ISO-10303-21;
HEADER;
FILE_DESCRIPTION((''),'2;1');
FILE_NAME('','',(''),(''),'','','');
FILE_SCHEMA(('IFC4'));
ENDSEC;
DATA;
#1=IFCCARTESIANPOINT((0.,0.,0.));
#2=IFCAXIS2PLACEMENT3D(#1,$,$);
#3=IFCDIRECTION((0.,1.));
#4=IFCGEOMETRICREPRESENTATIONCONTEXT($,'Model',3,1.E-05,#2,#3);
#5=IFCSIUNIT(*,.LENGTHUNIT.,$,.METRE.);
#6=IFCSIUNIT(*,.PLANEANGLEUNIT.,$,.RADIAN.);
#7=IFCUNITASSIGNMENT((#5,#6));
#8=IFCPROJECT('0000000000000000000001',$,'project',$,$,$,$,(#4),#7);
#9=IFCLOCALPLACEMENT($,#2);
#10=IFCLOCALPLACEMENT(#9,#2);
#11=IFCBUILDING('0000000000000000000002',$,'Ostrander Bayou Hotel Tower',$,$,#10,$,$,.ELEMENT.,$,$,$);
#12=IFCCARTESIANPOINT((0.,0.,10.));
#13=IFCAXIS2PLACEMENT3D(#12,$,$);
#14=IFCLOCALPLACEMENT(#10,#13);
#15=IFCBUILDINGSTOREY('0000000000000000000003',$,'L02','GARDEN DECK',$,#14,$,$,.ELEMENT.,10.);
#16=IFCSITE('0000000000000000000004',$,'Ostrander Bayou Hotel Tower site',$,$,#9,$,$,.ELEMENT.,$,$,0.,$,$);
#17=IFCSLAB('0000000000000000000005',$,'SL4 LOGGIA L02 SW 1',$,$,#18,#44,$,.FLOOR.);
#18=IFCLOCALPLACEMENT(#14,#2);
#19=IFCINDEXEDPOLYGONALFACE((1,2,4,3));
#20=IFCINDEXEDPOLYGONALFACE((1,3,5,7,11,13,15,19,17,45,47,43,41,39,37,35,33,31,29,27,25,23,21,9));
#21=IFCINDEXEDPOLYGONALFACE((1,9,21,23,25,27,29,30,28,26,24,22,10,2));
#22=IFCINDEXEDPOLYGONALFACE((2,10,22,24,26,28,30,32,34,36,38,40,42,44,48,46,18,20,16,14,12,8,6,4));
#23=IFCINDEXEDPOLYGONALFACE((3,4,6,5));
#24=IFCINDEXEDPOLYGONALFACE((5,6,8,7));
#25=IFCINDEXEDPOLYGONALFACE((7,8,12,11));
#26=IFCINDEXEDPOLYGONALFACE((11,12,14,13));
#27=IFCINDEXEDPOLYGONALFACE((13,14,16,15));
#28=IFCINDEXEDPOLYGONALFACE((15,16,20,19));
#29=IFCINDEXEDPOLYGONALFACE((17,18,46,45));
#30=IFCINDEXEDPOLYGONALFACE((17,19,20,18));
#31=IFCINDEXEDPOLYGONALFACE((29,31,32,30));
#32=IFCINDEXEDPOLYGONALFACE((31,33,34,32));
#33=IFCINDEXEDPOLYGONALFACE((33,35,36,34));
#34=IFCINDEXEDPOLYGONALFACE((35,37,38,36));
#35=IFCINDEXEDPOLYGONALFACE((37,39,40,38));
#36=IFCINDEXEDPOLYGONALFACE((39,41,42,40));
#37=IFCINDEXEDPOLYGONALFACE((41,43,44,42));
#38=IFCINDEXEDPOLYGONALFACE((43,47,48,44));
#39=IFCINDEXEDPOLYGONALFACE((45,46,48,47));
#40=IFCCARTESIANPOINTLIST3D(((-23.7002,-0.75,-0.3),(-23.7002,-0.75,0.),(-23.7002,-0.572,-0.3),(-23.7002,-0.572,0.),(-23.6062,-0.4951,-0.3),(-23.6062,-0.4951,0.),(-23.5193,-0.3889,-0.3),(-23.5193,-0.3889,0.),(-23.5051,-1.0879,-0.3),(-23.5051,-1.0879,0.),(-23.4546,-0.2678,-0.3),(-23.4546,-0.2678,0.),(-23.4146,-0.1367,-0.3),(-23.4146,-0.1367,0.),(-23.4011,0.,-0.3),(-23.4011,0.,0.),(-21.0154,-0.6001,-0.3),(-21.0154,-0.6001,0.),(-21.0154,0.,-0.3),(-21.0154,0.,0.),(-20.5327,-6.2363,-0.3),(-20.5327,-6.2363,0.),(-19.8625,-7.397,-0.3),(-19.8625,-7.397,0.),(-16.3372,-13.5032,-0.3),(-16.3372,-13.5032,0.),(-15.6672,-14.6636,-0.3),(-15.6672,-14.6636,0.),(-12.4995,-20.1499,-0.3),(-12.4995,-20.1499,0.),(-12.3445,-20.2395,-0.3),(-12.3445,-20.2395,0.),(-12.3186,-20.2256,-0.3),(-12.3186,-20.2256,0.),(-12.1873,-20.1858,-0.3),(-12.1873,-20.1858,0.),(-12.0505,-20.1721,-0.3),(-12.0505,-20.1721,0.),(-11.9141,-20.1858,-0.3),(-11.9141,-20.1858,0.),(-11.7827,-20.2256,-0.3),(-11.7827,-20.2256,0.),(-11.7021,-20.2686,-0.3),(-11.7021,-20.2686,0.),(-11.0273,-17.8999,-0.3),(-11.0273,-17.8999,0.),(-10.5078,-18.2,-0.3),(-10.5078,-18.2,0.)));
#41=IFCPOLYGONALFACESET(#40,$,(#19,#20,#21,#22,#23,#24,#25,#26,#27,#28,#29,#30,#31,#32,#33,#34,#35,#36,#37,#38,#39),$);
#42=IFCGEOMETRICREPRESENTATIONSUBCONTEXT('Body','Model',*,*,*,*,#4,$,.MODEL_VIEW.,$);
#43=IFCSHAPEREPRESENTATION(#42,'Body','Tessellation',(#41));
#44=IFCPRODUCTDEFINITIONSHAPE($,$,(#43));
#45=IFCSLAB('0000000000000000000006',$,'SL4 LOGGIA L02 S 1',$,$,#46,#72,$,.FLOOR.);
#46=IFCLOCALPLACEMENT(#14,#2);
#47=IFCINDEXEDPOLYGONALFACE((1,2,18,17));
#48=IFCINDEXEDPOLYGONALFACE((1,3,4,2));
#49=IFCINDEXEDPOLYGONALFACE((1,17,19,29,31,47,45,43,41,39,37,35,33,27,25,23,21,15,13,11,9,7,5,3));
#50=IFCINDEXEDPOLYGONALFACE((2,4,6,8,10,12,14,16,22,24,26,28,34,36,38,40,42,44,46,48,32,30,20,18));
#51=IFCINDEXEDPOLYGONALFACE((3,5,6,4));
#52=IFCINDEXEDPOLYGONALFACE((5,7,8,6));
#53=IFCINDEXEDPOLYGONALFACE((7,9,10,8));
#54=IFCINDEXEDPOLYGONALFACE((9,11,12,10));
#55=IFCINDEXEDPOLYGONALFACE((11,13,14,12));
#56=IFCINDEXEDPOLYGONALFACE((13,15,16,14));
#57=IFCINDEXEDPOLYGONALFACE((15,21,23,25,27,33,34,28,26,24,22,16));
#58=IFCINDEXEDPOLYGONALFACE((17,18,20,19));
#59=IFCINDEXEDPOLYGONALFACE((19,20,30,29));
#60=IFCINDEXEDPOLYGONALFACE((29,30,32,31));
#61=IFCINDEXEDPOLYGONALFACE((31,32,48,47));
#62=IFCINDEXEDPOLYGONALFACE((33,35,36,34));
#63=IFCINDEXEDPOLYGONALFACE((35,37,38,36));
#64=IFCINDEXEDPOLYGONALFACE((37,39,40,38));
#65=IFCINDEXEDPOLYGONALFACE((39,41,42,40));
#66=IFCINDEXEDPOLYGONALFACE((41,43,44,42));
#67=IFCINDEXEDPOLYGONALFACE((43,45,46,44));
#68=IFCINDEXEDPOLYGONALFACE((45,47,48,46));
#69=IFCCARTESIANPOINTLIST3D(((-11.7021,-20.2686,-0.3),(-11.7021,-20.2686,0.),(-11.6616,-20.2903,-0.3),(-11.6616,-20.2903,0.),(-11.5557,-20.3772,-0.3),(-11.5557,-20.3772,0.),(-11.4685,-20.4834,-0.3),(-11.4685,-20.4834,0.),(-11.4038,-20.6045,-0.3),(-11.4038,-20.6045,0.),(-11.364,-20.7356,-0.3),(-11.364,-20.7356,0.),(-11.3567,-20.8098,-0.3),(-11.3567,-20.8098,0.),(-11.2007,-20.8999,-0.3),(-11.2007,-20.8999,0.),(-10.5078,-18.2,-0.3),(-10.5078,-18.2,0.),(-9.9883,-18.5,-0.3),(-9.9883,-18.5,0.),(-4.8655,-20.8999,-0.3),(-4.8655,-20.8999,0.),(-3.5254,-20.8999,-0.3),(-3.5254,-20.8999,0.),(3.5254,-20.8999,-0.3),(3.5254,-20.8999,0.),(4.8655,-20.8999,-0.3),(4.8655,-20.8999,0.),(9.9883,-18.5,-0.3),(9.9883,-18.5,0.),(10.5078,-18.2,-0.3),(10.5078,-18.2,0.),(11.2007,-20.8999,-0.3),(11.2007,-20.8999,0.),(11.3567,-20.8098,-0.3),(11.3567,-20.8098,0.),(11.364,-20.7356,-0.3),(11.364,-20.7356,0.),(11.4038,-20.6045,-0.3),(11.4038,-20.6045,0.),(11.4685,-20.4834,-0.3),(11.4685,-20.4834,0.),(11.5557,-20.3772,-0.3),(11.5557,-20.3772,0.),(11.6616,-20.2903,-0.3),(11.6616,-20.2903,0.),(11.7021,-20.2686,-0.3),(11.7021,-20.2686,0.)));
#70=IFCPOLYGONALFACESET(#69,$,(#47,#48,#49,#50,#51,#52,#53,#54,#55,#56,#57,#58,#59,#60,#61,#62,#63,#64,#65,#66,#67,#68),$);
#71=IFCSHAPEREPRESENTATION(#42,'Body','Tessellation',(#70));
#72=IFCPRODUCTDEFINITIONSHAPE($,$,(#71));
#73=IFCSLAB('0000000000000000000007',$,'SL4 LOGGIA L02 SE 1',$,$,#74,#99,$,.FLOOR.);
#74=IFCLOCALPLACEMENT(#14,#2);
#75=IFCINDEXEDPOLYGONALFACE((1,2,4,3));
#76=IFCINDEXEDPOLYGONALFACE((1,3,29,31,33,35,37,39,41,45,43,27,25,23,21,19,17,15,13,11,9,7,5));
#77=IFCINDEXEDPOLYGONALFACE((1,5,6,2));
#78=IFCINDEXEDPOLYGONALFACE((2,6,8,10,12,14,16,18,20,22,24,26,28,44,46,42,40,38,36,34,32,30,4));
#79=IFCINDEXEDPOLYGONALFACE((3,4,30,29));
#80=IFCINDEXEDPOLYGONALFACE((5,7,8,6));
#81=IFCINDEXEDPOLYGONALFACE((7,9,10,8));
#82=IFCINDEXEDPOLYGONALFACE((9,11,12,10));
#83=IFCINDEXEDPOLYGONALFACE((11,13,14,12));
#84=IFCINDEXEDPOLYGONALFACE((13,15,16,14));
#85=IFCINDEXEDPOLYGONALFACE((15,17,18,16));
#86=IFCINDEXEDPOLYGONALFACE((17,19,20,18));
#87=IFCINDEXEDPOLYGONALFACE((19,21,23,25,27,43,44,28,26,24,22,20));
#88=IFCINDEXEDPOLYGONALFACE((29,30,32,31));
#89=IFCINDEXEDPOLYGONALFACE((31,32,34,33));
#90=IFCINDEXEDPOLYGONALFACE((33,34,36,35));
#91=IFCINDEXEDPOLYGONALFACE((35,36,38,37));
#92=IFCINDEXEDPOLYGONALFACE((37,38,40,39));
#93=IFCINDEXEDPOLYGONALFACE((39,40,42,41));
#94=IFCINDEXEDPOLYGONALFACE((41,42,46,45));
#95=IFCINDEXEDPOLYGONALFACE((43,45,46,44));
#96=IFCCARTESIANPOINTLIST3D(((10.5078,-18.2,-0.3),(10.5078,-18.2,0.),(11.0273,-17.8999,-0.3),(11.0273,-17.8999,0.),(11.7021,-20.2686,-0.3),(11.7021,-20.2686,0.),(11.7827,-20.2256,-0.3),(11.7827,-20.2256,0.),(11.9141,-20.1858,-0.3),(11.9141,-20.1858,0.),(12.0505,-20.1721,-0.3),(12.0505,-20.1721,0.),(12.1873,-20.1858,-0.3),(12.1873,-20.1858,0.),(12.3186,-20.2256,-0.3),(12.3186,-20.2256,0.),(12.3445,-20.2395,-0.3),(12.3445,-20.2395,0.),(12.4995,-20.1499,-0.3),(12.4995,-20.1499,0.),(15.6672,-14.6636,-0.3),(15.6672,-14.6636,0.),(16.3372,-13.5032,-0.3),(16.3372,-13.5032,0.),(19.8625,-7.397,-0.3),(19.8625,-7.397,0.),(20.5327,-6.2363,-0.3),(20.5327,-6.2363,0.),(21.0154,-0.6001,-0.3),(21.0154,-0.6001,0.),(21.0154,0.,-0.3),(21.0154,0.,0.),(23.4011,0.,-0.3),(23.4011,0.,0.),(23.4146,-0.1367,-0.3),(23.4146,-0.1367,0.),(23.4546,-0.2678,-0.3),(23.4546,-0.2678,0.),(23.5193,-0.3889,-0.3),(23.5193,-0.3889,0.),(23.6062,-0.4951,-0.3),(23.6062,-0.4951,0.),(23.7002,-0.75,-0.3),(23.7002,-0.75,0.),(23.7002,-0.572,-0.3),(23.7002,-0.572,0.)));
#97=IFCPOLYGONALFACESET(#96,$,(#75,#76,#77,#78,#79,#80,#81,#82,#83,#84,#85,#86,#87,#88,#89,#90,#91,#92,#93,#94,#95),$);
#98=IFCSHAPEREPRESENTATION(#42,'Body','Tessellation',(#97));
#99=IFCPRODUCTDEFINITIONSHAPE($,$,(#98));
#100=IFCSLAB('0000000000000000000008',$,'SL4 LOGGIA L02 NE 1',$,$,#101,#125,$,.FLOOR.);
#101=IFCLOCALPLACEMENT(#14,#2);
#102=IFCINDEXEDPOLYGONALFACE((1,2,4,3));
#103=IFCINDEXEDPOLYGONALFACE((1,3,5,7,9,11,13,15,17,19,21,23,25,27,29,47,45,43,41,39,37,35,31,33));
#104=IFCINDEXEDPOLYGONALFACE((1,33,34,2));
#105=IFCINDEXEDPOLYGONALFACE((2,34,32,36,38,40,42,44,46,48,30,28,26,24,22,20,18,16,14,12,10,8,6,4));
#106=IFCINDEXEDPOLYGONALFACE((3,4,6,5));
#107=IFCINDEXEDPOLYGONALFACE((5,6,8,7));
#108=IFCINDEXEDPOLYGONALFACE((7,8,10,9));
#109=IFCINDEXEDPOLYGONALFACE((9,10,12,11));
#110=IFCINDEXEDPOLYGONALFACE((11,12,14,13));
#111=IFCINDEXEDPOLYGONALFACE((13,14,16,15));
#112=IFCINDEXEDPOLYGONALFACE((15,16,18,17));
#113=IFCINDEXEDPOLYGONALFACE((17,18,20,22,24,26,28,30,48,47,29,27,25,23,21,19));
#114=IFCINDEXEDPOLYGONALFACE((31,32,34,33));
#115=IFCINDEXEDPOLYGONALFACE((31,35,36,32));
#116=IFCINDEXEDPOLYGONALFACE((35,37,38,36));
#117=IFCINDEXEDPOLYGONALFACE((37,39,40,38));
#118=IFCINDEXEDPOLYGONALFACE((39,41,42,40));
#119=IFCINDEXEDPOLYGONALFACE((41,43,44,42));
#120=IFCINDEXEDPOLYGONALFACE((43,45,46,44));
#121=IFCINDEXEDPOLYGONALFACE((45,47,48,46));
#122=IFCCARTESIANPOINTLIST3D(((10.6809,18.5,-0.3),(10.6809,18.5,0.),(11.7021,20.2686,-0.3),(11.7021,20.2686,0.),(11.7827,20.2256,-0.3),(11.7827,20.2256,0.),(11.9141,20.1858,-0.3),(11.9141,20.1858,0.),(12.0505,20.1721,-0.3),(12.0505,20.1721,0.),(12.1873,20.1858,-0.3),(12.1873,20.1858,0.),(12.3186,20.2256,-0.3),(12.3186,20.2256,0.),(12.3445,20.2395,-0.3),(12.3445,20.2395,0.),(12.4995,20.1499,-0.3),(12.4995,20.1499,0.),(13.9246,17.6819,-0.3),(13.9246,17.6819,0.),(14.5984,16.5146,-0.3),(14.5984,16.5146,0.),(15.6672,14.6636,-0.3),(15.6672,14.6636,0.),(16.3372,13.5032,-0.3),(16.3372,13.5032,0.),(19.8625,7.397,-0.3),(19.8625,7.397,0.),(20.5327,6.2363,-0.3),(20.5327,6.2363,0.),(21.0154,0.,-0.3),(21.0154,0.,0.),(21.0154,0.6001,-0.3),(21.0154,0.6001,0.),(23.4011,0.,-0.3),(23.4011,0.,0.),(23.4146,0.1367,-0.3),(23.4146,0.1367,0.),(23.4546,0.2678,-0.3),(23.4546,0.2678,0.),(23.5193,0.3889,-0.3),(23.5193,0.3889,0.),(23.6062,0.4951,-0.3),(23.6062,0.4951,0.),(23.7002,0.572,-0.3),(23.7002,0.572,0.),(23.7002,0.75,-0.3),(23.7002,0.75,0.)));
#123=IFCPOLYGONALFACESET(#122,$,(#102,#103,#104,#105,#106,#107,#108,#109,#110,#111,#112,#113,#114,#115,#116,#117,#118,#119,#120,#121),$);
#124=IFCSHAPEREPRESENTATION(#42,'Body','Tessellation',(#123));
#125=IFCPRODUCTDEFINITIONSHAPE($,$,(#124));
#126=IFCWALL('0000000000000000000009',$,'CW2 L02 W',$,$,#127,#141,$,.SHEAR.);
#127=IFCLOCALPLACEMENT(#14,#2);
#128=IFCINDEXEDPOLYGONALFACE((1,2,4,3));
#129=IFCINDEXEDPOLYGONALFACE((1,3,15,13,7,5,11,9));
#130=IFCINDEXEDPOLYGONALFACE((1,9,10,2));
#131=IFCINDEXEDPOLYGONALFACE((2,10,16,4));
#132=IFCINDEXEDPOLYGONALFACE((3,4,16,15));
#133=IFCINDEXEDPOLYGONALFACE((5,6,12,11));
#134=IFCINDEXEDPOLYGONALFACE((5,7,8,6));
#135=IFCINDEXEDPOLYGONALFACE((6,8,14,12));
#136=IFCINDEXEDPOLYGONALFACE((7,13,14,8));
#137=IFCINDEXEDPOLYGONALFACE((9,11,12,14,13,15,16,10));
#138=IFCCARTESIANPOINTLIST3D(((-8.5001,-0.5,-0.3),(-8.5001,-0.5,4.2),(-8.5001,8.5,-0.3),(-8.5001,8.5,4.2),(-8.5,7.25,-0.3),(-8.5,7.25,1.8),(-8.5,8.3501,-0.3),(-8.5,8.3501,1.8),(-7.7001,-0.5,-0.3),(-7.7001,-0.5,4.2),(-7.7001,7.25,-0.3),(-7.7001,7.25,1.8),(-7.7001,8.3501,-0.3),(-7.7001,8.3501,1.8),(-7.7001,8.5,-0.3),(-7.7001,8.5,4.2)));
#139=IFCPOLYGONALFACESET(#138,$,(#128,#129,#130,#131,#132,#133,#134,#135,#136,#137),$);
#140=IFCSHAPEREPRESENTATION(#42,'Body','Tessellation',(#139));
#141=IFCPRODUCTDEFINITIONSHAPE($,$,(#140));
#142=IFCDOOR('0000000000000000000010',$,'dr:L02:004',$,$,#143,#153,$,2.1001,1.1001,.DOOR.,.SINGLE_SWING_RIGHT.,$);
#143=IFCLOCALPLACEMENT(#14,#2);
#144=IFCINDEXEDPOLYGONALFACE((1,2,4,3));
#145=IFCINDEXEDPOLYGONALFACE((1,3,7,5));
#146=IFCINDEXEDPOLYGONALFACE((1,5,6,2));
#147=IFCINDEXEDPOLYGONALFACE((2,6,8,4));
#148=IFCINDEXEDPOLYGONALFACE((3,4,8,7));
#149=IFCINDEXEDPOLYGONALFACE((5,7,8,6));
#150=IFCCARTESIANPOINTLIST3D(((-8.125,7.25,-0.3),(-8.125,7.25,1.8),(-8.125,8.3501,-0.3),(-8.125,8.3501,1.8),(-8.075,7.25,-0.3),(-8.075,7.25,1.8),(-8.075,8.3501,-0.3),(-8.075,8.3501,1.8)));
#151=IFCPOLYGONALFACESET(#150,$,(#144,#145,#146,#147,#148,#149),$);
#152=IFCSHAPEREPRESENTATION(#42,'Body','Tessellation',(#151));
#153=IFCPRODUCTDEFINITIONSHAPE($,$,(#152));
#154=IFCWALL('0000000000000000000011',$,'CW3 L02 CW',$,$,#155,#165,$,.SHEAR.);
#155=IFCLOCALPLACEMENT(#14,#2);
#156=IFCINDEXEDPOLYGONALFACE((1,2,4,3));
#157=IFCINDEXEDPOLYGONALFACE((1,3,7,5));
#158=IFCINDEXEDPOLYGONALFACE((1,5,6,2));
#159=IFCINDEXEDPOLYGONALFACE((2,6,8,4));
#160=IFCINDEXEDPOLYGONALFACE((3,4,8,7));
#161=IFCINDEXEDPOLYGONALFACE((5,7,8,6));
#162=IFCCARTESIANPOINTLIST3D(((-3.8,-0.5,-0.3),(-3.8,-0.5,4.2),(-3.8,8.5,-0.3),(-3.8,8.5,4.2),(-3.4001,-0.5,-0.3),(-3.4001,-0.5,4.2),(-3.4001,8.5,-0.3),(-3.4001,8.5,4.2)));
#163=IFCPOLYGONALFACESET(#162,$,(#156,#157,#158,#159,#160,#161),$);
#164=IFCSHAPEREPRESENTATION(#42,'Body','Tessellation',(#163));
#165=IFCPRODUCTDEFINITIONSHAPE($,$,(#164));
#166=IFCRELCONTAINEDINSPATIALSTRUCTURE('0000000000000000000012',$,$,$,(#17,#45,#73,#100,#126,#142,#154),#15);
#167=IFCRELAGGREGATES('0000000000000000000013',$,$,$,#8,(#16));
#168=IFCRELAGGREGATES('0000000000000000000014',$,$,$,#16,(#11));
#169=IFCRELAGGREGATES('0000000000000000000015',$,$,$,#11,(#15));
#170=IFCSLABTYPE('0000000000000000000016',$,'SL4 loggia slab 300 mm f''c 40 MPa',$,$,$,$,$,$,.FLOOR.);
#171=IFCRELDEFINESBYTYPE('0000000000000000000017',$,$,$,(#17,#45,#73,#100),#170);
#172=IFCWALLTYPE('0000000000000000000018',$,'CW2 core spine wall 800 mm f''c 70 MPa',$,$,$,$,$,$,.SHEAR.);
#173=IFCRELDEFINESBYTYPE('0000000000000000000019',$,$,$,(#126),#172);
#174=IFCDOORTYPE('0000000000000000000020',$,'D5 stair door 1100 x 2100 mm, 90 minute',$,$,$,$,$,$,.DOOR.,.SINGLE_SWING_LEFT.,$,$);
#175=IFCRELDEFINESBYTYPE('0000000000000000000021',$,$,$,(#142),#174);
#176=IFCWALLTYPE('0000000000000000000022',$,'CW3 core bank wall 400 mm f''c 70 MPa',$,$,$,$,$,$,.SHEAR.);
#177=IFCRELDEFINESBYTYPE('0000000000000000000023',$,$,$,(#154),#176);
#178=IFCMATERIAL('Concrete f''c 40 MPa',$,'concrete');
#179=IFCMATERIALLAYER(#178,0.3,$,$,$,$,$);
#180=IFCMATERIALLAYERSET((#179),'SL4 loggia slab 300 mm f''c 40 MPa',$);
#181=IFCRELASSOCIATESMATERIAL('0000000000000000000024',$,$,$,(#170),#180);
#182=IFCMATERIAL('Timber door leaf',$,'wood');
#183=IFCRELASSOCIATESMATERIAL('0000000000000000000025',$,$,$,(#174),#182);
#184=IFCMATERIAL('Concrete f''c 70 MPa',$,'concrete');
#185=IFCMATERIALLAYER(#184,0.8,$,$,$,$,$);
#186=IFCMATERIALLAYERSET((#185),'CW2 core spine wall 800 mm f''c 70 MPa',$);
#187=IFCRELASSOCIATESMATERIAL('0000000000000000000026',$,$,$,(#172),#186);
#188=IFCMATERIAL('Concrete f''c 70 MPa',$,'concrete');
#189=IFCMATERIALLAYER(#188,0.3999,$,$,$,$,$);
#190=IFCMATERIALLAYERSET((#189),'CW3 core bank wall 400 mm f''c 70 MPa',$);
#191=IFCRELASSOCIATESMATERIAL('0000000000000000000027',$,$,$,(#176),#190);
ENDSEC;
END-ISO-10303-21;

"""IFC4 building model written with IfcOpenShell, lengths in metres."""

from ifc_helpers import new_model, si_unit, direction, frame, frame_2d, origin, place, context, subcontext, project, spatial, polyline, rectangle, outline, extrude, material, layer, layer_set, type_object, element, fill, save


model = new_model("IFC4")

# Units and contexts
model_context = context("Model", 3, precision=1e-05, world=origin(), true_north=direction((0.0, 1.0)))
body_context = subcontext(model_context, "Body", "Model", "MODEL_VIEW")
ifc_project = project(units=[si_unit("LENGTHUNIT", "METRE"), si_unit("PLANEANGLEUNIT", "RADIAN")], contexts=[model_context])

# Site, building, storey
site_placement = place(None, origin())
site = spatial("IfcSite", under=ifc_project, at=site_placement, Name="Ostrander Bayou Hotel Tower site", CompositionType="ELEMENT", RefElevation=0.0)
building_placement = place(site_placement, origin())
building = spatial("IfcBuilding", under=site, at=building_placement, Name="Ostrander Bayou Hotel Tower", CompositionType="ELEMENT")
storey_placement = place(building_placement, frame((0.0, 0.0, 10.0)))
storey = spatial("IfcBuildingStorey", under=building, at=storey_placement, Name="L02", Description="GARDEN DECK", CompositionType="ELEMENT", Elevation=10.0)

# Slabs
ifc_material_1 = material(Name="Concrete f'c 40 MPa", Category="concrete")
ifc_layer_1 = layer(ifc_material_1, 0.3)
ifc_layer_set_1 = layer_set([ifc_layer_1], Name="SL4 loggia slab 300 mm f'c 40 MPa")
slab_type_1 = type_object("IfcSlabType", Name="SL4 loggia slab 300 mm f'c 40 MPa", PredefinedType="FLOOR", material=ifc_layer_set_1)
slab_1_placement = place(storey_placement, frame((0.0, 0.0, -0.3)))
element("IfcSlab", 1, at=slab_1_placement, inside=storey, type_object=slab_type_1, Name="SL4 LOGGIA L02 SW 1", PredefinedType="FLOOR", context=body_context, shape_type="SweptSolid", body=[
    extrude(outline(polyline([(-10.5078, -18.2), (-11.7021, -20.2686), (-11.7827, -20.2256), (-11.9141, -20.1858), (-12.0505, -20.1721), (-12.1873, -20.1858), (-12.3186, -20.2256), (-12.3445, -20.2395), (-12.4995, -20.1499), (-15.6672, -14.6636), (-16.3372, -13.5032), (-19.8625, -7.397), (-20.5327, -6.2363), (-23.5051, -1.0879), (-23.7002, -0.75), (-23.7002, -0.572), (-23.6062, -0.4951), (-23.5193, -0.3889), (-23.4546, -0.2678), (-23.4146, -0.1367), (-23.4011, 0.0), (-21.0154, 0.0), (-21.0154, -0.6001), (-11.0273, -17.8999), (-10.5078, -18.2)])), origin(), (0.0, 0.0, 1.0), 0.3),
])
slab_2_placement = place(storey_placement, frame((0.0, 0.0, -0.3)))
element("IfcSlab", 2, at=slab_2_placement, inside=storey, type_object=slab_type_1, Name="SL4 LOGGIA L02 S 1", PredefinedType="FLOOR", context=body_context, shape_type="SweptSolid", body=[
    extrude(outline(polyline([(10.5078, -18.2), (11.7021, -20.2686), (11.6616, -20.2903), (11.5557, -20.3772), (11.4685, -20.4834), (11.4038, -20.6045), (11.364, -20.7356), (11.3567, -20.8098), (11.2007, -20.8999), (4.8655, -20.8999), (3.5254, -20.8999), (-3.5254, -20.8999), (-4.8655, -20.8999), (-11.2007, -20.8999), (-11.3567, -20.8098), (-11.364, -20.7356), (-11.4038, -20.6045), (-11.4685, -20.4834), (-11.5557, -20.3772), (-11.6616, -20.2903), (-11.7021, -20.2686), (-10.5078, -18.2), (-9.9883, -18.5), (9.9883, -18.5), (10.5078, -18.2)])), origin(), (0.0, 0.0, 1.0), 0.3),
])
slab_3_placement = place(storey_placement, frame((0.0, 0.0, -0.3)))
element("IfcSlab", 3, at=slab_3_placement, inside=storey, type_object=slab_type_1, Name="SL4 LOGGIA L02 SE 1", PredefinedType="FLOOR", context=body_context, shape_type="SweptSolid", body=[
    extrude(outline(polyline([(21.0154, 0.0), (23.4011, 0.0), (23.4146, -0.1367), (23.4546, -0.2678), (23.5193, -0.3889), (23.6062, -0.4951), (23.7002, -0.572), (23.7002, -0.75), (20.5327, -6.2363), (19.8625, -7.397), (16.3372, -13.5032), (15.6672, -14.6636), (12.4995, -20.1499), (12.3445, -20.2395), (12.3186, -20.2256), (12.1873, -20.1858), (12.0505, -20.1721), (11.9141, -20.1858), (11.7827, -20.2256), (11.7021, -20.2686), (10.5078, -18.2), (11.0273, -17.8999), (21.0154, -0.6001), (21.0154, 0.0)])), origin(), (0.0, 0.0, 1.0), 0.3),
])
slab_4_placement = place(storey_placement, frame((0.0, 0.0, -0.3)))
element("IfcSlab", 4, at=slab_4_placement, inside=storey, type_object=slab_type_1, Name="SL4 LOGGIA L02 NE 1", PredefinedType="FLOOR", context=body_context, shape_type="SweptSolid", body=[
    extrude(outline(polyline([(11.7021, 20.2686), (11.7827, 20.2256), (11.9141, 20.1858), (12.0505, 20.1721), (12.1873, 20.1858), (12.3186, 20.2256), (12.3445, 20.2395), (12.4995, 20.1499), (13.9246, 17.6819), (14.5984, 16.5146), (15.6672, 14.6636), (16.3372, 13.5032), (19.8625, 7.397), (20.5327, 6.2363), (23.7002, 0.75), (23.7002, 0.572), (23.6062, 0.4951), (23.5193, 0.3889), (23.4546, 0.2678), (23.4146, 0.1367), (23.4011, 0.0), (21.0154, 0.0), (21.0154, 0.6001), (10.6809, 18.5), (11.7021, 20.2686)])), origin(), (0.0, 0.0, 1.0), 0.3),
])

# Shared definitions
ifc_material_2 = material(Name="Timber door leaf", Category="wood")
door_type_1 = type_object("IfcDoorType", Name="D5 stair door 1100 x 2100 mm, 90 minute", OperationType="SINGLE_SWING_LEFT", PredefinedType="DOOR", material=ifc_material_2)

# Wall, opening, door
ifc_material_3 = material(Name="Concrete f'c 70 MPa", Category="concrete")
ifc_layer_2 = layer(ifc_material_3, 0.8)
ifc_layer_set_2 = layer_set([ifc_layer_2], Name="CW2 core spine wall 800 mm f'c 70 MPa")
wall_type_1 = type_object("IfcWallType", Name="CW2 core spine wall 800 mm f'c 70 MPa", PredefinedType="SHEAR", material=ifc_layer_set_2)
wall_1_placement = place(storey_placement, frame((-8.1001, -0.5, -0.3), z_axis=(0.0, 0.0, 1.0), x_axis=(0.0, 1.0, 0.0)))
wall_1 = element("IfcWall", 5, at=wall_1_placement, inside=storey, type_object=wall_type_1, Name="CW2 L02 W", PredefinedType="SHEAR", context=body_context, shape_type="SweptSolid", body=[
    extrude(rectangle(XDim=9.0, YDim=0.8, at=frame_2d((4.5, 0.0))), origin(), (0.0, 0.0, 1.0), 4.5),
])
opening_1_placement = place(wall_1_placement, frame((7.75, 0.0, 0.0)))
opening_1 = element("IfcOpeningElement", 6, at=opening_1_placement, cuts=wall_1, PredefinedType="OPENING", context=body_context, shape_type="SweptSolid", body=[
    extrude(rectangle(XDim=1.1001, YDim=2.1001, at=frame_2d((0.55, 1.05))), frame((0.0, 0.3999, 0.0), z_axis=(0.0, -1.0, 0.0), x_axis=(1.0, 0.0, 0.0)), (0.0, 0.0, 1.0), 0.8),
])
door_1_placement = place(opening_1_placement, origin())
door_1 = element("IfcDoor", 7, at=door_1_placement, inside=storey, type_object=door_type_1, Name="dr:L02:004", OperationType="SINGLE_SWING_RIGHT", OverallHeight=2.1001, OverallWidth=1.1001, PredefinedType="DOOR", context=body_context, shape_type="SweptSolid", body=[
    extrude(rectangle(XDim=1.1001, YDim=2.1001, at=frame_2d((0.55, 1.05))), frame((0.0, 0.0249, 0.0), z_axis=(0.0, -1.0, 0.0), x_axis=(1.0, 0.0, 0.0)), (0.0, 0.0, 1.0), 0.05),
])
fill(opening_1, door_1)

# Wall
ifc_material_4 = material(Name="Concrete f'c 70 MPa", Category="concrete")
ifc_layer_3 = layer(ifc_material_4, 0.3999)
ifc_layer_set_3 = layer_set([ifc_layer_3], Name="CW3 core bank wall 400 mm f'c 70 MPa")
wall_type_2 = type_object("IfcWallType", Name="CW3 core bank wall 400 mm f'c 70 MPa", PredefinedType="SHEAR", material=ifc_layer_set_3)
wall_2_placement = place(storey_placement, frame((-3.6001, -0.5, -0.3), z_axis=(0.0, 0.0, 1.0), x_axis=(0.0, 1.0, 0.0)))
element("IfcWall", 8, at=wall_2_placement, inside=storey, type_object=wall_type_2, Name="CW3 L02 CW", PredefinedType="SHEAR", context=body_context, shape_type="SweptSolid", body=[
    extrude(rectangle(XDim=9.0, YDim=0.3999, at=frame_2d((4.5, 0.0))), origin(), (0.0, 0.0, 1.0), 4.5),
])

save(model, "model.ifc")
